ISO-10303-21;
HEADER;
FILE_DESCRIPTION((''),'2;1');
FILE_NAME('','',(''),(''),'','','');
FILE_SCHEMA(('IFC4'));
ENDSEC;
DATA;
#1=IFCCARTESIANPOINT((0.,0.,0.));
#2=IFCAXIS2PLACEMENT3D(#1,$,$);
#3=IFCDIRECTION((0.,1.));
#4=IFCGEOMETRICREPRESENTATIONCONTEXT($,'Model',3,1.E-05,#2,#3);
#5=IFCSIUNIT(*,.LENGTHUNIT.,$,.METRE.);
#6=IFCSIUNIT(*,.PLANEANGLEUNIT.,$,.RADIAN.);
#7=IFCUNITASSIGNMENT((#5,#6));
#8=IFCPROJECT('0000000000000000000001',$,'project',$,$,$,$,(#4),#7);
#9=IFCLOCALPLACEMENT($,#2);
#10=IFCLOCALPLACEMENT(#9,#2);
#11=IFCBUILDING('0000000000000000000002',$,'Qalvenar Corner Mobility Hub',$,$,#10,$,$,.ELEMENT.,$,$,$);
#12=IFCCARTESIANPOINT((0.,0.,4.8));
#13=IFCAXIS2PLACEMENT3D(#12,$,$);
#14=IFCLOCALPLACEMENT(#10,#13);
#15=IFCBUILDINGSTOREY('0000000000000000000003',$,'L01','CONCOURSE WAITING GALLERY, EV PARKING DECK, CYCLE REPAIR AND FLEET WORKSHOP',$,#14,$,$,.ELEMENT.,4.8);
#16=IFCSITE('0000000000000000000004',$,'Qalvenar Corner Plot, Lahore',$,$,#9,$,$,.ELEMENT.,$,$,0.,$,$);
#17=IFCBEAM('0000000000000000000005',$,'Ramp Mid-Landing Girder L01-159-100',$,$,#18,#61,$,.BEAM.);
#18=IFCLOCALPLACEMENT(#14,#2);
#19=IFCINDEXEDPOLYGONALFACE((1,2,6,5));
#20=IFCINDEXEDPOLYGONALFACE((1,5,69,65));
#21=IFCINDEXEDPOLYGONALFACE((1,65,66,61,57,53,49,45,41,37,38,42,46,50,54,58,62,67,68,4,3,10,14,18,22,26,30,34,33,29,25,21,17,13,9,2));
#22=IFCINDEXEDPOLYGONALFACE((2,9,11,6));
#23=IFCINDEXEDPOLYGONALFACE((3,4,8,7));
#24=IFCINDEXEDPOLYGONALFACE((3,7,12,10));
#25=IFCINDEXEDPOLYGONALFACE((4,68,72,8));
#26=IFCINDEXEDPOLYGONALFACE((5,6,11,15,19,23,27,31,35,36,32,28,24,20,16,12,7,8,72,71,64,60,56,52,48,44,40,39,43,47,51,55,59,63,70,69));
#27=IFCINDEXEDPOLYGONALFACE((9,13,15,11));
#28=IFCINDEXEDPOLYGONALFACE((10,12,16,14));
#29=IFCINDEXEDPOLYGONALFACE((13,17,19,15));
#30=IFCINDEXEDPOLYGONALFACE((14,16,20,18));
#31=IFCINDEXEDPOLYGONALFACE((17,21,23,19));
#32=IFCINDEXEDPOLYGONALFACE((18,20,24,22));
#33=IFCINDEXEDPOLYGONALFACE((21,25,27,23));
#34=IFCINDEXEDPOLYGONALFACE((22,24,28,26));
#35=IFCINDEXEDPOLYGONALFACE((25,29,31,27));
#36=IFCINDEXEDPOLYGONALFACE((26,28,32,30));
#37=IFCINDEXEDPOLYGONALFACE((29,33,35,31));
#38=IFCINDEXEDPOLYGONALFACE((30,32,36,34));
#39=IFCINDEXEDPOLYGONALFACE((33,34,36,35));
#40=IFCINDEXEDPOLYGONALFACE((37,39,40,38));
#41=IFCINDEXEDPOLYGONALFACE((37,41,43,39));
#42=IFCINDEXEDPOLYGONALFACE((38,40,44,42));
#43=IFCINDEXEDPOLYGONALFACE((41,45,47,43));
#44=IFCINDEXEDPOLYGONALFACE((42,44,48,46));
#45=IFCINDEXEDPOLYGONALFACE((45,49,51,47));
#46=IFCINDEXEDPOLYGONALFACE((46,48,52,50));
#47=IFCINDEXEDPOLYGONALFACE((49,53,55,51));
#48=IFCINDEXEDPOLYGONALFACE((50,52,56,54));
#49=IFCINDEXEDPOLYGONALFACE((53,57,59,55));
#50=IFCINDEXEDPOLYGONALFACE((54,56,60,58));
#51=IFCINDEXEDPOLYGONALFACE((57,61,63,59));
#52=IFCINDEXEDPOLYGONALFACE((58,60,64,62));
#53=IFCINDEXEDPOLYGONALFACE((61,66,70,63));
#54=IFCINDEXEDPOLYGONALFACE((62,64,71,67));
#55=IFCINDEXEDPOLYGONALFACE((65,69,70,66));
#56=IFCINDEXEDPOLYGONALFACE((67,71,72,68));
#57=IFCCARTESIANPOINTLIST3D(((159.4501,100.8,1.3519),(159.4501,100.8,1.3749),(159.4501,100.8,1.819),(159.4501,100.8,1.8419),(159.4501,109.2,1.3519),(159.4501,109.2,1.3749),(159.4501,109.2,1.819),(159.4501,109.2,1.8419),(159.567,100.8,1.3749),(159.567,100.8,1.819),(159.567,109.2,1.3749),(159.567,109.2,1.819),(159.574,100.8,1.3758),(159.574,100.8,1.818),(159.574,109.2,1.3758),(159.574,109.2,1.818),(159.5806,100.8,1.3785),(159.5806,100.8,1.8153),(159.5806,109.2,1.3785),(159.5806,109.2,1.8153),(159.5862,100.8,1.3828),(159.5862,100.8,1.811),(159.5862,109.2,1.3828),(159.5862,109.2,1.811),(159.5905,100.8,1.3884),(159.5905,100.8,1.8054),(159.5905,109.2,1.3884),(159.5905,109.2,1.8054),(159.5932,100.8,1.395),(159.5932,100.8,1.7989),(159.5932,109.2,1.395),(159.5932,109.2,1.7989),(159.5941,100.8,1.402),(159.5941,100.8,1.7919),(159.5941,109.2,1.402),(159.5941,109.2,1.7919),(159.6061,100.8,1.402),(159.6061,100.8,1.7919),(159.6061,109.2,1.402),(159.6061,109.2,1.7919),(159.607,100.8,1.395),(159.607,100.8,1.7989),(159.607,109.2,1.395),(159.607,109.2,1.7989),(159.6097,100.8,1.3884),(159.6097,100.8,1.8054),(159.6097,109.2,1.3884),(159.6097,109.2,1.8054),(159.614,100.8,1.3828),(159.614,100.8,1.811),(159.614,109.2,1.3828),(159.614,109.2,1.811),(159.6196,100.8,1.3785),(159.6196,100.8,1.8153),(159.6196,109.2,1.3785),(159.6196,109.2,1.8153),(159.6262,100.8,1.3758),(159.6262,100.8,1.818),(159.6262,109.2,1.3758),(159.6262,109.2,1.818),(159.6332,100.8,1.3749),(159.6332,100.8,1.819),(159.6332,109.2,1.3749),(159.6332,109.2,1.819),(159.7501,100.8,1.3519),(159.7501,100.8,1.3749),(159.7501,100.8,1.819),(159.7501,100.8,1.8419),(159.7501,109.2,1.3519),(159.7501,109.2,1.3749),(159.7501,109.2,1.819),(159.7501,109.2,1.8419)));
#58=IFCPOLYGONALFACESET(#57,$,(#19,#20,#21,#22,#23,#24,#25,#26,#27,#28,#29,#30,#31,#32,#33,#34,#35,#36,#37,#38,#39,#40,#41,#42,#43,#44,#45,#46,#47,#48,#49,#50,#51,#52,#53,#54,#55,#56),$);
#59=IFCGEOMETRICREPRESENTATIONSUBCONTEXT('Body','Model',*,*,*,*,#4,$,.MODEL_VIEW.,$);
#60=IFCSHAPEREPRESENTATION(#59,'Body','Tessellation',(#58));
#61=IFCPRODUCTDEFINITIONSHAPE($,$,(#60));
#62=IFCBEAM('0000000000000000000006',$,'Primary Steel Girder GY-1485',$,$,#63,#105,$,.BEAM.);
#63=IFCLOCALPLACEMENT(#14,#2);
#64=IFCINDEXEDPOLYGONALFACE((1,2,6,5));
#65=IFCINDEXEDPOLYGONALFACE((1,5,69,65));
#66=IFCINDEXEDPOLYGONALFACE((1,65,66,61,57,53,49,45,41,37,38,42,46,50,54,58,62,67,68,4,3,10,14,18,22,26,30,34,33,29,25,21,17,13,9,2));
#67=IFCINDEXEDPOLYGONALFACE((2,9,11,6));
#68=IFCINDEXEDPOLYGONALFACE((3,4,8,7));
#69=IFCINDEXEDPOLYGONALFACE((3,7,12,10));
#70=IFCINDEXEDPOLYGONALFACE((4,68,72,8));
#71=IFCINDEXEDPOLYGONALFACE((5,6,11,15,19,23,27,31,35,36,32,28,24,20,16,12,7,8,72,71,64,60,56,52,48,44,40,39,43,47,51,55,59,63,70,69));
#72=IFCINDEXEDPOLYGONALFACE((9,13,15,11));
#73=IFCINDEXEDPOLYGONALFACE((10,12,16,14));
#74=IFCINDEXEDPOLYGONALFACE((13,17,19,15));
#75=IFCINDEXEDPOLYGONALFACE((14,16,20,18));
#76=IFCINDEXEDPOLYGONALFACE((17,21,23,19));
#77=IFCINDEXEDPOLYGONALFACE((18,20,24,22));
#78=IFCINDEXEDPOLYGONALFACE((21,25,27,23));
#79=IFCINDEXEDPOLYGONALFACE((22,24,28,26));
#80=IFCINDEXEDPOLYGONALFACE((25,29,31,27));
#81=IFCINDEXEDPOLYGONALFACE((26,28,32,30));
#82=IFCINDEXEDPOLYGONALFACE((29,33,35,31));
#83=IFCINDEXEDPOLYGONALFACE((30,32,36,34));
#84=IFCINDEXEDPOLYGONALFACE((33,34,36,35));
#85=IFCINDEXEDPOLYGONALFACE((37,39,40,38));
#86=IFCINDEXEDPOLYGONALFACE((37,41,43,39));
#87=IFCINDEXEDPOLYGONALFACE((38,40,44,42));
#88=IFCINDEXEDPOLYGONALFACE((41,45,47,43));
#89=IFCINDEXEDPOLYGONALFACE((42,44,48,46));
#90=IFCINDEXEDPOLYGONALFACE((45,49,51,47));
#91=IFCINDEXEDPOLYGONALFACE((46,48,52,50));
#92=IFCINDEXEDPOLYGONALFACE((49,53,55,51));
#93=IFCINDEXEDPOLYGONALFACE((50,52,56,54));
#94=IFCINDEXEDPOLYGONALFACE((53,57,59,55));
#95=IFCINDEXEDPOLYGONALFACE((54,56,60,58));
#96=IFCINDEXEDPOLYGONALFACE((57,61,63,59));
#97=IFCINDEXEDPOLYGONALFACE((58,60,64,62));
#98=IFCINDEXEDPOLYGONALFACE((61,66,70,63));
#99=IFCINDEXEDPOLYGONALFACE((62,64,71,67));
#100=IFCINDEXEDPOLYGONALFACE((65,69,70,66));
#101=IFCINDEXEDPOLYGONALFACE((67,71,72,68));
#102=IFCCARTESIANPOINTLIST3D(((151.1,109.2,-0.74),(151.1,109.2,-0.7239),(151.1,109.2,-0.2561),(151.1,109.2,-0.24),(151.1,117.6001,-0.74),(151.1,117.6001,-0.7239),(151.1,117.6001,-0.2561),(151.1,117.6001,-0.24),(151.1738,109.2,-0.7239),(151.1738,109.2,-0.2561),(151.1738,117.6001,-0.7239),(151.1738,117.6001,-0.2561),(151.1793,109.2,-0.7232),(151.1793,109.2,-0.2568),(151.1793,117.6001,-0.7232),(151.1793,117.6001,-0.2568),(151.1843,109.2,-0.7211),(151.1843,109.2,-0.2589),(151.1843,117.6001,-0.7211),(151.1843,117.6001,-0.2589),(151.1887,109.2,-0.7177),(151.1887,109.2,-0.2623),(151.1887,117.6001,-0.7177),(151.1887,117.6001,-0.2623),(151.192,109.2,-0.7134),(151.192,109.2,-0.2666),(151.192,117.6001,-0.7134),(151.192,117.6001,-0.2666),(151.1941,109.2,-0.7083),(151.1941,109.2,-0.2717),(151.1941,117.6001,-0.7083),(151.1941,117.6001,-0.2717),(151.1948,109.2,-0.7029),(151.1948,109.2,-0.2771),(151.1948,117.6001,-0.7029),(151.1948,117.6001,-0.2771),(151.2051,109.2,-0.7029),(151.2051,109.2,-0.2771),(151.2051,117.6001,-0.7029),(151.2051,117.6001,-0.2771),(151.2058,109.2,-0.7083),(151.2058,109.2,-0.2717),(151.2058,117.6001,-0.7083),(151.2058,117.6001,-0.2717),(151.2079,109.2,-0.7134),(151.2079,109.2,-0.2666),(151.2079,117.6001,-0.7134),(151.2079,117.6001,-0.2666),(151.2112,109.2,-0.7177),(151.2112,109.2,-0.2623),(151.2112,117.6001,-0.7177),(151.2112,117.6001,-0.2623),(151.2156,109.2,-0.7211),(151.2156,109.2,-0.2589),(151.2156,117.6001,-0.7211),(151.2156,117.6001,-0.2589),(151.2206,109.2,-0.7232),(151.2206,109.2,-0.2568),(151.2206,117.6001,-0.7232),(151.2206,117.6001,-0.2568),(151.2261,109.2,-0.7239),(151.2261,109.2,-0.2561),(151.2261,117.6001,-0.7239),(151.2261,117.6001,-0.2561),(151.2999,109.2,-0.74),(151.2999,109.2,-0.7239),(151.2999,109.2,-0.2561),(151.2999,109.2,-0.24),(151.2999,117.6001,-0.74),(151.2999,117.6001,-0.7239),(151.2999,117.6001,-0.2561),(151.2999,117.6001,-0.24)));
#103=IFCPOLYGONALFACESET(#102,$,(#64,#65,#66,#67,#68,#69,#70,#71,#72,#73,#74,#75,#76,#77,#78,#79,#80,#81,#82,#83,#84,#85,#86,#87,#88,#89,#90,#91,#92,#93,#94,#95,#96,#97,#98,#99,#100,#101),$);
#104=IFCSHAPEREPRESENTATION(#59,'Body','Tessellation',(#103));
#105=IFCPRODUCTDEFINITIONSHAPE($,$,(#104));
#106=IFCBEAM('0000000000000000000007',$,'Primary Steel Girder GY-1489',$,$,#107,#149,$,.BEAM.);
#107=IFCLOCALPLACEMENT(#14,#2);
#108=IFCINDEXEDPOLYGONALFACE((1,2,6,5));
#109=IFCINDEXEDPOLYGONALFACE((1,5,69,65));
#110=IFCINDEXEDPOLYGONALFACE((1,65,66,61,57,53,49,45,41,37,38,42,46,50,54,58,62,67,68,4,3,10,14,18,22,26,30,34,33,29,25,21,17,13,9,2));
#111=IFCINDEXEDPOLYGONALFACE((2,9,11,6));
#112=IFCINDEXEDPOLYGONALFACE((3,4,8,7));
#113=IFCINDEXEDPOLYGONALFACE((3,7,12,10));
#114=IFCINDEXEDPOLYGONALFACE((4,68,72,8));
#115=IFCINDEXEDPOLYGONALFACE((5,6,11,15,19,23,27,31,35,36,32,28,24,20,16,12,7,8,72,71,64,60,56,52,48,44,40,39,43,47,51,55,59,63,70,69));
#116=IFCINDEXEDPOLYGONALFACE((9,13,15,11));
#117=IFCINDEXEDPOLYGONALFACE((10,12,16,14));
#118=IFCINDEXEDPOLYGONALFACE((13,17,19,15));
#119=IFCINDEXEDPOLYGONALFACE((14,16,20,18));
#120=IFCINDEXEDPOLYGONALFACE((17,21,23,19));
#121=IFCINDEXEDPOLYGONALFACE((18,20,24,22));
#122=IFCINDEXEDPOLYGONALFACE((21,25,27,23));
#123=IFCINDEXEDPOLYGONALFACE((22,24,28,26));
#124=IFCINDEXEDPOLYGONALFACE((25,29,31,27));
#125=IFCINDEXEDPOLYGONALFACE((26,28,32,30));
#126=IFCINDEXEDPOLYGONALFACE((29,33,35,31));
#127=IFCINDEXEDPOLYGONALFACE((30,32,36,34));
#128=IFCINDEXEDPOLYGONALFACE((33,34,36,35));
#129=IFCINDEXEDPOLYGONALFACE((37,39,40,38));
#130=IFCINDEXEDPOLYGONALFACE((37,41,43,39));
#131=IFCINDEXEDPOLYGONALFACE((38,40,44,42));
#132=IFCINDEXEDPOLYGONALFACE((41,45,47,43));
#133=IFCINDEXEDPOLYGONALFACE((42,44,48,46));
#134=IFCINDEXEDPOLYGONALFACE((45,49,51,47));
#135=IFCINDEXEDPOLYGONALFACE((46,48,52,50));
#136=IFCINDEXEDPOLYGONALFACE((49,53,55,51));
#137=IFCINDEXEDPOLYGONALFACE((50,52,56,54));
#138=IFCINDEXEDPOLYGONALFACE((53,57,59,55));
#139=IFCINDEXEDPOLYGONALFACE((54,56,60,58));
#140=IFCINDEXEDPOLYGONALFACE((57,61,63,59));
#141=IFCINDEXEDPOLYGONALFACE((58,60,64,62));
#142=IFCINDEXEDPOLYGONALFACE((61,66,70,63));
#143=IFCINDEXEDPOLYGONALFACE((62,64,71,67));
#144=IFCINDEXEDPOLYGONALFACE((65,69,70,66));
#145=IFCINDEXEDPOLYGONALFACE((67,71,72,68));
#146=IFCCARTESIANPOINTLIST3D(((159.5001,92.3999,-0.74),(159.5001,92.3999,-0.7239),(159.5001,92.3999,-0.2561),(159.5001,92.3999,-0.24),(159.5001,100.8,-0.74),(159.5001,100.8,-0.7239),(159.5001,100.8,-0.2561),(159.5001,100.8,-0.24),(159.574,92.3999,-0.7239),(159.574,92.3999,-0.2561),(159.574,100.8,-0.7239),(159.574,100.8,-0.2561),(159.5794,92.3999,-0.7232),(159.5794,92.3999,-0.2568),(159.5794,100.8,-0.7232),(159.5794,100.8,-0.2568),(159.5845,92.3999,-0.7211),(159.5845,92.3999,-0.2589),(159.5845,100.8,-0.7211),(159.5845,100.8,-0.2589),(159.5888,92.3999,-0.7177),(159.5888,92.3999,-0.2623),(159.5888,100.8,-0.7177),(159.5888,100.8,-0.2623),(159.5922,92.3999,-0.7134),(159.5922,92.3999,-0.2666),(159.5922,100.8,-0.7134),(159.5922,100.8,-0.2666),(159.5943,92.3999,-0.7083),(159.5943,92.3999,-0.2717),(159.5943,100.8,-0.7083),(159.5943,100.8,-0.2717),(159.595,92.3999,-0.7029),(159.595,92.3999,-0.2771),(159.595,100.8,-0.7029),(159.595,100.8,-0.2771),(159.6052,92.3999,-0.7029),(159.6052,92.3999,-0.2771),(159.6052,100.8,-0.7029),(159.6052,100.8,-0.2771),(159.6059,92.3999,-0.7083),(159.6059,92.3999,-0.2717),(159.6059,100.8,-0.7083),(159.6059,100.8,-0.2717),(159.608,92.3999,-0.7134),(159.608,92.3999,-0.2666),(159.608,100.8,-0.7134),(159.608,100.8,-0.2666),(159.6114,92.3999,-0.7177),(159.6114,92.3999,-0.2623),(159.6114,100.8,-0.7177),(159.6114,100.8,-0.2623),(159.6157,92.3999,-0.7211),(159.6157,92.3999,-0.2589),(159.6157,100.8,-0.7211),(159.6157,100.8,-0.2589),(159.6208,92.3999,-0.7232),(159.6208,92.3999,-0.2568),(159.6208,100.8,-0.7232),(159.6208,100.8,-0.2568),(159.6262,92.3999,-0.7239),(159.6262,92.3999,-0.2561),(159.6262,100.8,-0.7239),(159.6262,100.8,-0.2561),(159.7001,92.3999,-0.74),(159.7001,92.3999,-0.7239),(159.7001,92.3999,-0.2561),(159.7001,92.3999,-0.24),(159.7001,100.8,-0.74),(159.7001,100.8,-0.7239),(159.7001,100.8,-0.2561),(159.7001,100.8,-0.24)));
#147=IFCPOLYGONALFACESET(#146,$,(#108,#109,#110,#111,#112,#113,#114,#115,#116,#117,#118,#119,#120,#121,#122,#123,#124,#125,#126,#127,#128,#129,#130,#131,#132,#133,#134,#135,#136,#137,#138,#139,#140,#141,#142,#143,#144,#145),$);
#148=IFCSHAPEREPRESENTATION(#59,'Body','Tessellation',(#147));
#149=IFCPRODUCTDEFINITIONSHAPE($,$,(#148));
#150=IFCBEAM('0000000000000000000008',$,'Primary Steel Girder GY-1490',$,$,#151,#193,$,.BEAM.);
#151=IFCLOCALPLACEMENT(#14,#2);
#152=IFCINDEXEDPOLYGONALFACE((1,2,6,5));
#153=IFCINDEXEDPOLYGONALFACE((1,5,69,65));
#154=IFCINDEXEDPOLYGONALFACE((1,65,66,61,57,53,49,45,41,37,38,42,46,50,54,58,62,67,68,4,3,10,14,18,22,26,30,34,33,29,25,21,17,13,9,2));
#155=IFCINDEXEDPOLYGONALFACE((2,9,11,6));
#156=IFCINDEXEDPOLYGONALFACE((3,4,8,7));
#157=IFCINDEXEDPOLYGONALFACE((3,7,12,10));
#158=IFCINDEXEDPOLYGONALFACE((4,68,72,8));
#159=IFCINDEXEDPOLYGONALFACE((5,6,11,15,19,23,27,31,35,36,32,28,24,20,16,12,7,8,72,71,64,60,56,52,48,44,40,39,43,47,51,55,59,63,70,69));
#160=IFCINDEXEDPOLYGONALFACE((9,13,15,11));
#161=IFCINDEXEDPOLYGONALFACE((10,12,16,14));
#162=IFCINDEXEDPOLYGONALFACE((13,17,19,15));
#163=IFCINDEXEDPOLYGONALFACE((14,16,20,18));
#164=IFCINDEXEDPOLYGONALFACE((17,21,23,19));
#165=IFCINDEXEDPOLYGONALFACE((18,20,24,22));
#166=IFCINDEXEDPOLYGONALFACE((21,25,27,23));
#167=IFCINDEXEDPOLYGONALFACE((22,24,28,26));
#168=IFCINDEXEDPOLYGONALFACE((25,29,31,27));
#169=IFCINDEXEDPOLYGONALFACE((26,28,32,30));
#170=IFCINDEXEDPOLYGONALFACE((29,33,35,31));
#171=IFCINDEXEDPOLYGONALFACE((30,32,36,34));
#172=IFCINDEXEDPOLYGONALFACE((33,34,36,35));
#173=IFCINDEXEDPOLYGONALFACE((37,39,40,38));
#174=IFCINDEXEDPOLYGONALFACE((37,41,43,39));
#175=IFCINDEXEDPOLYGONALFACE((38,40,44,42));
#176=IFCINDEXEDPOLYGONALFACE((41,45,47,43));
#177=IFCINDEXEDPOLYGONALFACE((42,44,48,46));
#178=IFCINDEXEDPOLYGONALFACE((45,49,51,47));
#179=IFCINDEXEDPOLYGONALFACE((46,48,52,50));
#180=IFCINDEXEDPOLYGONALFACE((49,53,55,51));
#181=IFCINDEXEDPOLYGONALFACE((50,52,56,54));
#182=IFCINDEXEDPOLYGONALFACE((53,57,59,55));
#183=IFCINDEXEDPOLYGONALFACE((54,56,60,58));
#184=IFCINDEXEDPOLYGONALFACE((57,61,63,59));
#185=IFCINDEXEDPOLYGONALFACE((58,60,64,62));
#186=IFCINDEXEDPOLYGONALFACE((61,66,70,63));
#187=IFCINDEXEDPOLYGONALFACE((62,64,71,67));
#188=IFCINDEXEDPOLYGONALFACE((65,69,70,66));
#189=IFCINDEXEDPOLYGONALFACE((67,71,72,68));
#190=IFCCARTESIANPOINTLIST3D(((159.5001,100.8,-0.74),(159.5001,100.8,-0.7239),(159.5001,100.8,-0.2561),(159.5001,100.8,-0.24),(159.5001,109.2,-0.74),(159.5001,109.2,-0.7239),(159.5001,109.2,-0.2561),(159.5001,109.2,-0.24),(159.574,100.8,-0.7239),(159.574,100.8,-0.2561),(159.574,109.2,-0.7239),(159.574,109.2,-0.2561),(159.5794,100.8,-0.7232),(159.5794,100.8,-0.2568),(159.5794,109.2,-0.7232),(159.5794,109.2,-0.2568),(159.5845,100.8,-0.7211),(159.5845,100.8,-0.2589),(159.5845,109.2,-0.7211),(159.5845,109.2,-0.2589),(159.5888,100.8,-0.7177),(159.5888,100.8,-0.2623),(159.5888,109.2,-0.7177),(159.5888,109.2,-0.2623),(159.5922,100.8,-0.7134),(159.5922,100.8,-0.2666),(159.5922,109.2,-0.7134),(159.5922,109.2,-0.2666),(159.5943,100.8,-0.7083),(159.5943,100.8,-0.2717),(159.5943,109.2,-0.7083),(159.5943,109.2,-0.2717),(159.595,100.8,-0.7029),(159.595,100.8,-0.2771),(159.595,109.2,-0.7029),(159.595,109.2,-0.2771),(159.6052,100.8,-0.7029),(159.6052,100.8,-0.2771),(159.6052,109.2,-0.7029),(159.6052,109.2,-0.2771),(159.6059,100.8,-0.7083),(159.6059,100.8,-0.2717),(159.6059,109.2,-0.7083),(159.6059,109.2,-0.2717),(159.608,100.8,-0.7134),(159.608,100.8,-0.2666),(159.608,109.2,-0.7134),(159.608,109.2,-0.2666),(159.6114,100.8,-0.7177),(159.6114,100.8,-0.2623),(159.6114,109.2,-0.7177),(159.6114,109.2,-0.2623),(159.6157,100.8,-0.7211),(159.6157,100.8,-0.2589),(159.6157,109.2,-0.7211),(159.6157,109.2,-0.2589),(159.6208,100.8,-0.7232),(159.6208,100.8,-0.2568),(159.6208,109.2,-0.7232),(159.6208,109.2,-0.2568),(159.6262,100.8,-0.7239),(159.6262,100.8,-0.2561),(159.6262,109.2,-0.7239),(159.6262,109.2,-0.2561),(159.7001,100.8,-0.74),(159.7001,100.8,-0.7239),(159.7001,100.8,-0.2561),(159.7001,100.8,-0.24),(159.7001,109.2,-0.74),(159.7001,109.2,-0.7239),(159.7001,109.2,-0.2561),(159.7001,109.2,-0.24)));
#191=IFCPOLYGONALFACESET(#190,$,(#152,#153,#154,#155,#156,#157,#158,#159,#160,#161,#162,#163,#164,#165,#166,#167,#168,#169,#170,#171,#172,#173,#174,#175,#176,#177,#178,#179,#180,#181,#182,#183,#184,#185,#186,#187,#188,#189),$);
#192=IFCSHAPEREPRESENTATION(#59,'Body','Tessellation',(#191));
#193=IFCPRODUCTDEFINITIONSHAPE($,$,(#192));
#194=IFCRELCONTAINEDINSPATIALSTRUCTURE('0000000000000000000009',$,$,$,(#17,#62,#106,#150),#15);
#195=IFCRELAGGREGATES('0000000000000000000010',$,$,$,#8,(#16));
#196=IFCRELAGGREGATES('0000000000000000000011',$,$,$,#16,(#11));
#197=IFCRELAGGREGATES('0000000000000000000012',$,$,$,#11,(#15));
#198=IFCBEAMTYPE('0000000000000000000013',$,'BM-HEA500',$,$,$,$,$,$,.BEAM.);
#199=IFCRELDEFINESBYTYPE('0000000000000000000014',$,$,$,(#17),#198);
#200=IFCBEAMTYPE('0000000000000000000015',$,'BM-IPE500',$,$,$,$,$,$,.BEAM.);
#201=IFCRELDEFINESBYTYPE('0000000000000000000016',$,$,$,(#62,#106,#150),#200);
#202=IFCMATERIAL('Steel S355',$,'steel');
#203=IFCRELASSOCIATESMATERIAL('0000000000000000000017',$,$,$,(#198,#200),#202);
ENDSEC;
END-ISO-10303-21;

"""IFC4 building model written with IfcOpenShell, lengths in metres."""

from ifc_helpers import new_model, si_unit, direction, frame, origin, origin_2d, place, context, subcontext, project, spatial, i_section, extrude, material, material_profile, profile_set, type_object, element, save


model = new_model("IFC4")

# Units and contexts
model_context = context("Model", 3, precision=1e-05, world=origin(), true_north=direction((0.0, 1.0)))
body_context = subcontext(model_context, "Body", "Model", "MODEL_VIEW")
ifc_project = project(units=[si_unit("LENGTHUNIT", "METRE"), si_unit("PLANEANGLEUNIT", "RADIAN")], contexts=[model_context])

# Site, building, storey
site_placement = place(None, origin())
site = spatial("IfcSite", under=ifc_project, at=site_placement, Name="Qalvenar Corner Plot, Lahore", CompositionType="ELEMENT", RefElevation=0.0)
building_placement = place(site_placement, origin())
building = spatial("IfcBuilding", under=site, at=building_placement, Name="Qalvenar Corner Mobility Hub", CompositionType="ELEMENT")
storey_placement = place(building_placement, frame((0.0, 0.0, 4.8)))
storey = spatial("IfcBuildingStorey", under=building, at=storey_placement, Name="L01", Description="CONCOURSE WAITING GALLERY, EV PARKING DECK, CYCLE REPAIR AND FLEET WORKSHOP", CompositionType="ELEMENT", Elevation=4.8)

# Shared definitions
ifc_material_1 = material(Name="Steel S355", Category="steel")

# Beams
ifc_material_profile_1 = material_profile(ifc_material_1, i_section(OverallWidth=0.3, OverallDepth=0.49, WebThickness=0.012, FlangeThickness=0.0229, FilletRadius=0.0271, at=origin_2d()), Name="HEA500")
ifc_profile_set_1 = profile_set([ifc_material_profile_1], Name="Steel S355")
beam_type_1 = type_object("IfcBeamType", Name="BM-HEA500", PredefinedType="BEAM", material=ifc_profile_set_1)
beam_1_placement = place(storey_placement, frame((159.6001, 100.8, 1.5969), z_axis=(0.0, 1.0, 0.0), x_axis=(-1.0, 0.0, 0.0)))
element("IfcBeam", 1, at=beam_1_placement, inside=storey, type_object=beam_type_1, Name="Ramp Mid-Landing Girder L01-159-100", PredefinedType="BEAM", context=body_context, shape_type="SweptSolid", body=[
    extrude(i_section(OverallWidth=0.3, OverallDepth=0.49, WebThickness=0.012, FlangeThickness=0.0229, FilletRadius=0.0271, at=origin_2d()), origin(), (0.0, 0.0, 1.0), 8.3999),
])
ifc_material_profile_2 = material_profile(ifc_material_1, i_section(OverallWidth=0.2, OverallDepth=0.5, WebThickness=0.0103, FlangeThickness=0.0161, FilletRadius=0.021, at=origin_2d()), Name="IPE500")
ifc_profile_set_2 = profile_set([ifc_material_profile_2], Name="Steel S355")
beam_type_2 = type_object("IfcBeamType", Name="BM-IPE500", PredefinedType="BEAM", material=ifc_profile_set_2)
for number, where, z_axis, x_axis, name in (
    (2, (151.2, 109.2, -0.49), (0.0, 1.0, 0.0), (-1.0, 0.0, 0.0), "Primary Steel Girder GY-1485"),
    (3, (159.6001, 92.3999, -0.49), (0.0, 1.0, 0.0), (-1.0, 0.0, 0.0), "Primary Steel Girder GY-1489"),
):
    element("IfcBeam", number, at=place(storey_placement, frame(where, z_axis=z_axis, x_axis=x_axis)), inside=storey, type_object=beam_type_2, Name=name, PredefinedType="BEAM", context=body_context, shape_type="SweptSolid", body=[
        extrude(i_section(OverallWidth=0.2, OverallDepth=0.5, WebThickness=0.0103, FlangeThickness=0.0161, FilletRadius=0.021, at=origin_2d()), origin(), (0.0, 0.0, 1.0), 8.4001),
    ])
beam_2_placement = place(storey_placement, frame((159.6001, 100.8, -0.49), z_axis=(0.0, 1.0, 0.0), x_axis=(-1.0, 0.0, 0.0)))
element("IfcBeam", 4, at=beam_2_placement, inside=storey, type_object=beam_type_2, Name="Primary Steel Girder GY-1490", PredefinedType="BEAM", context=body_context, shape_type="SweptSolid", body=[
    extrude(i_section(OverallWidth=0.2, OverallDepth=0.5, WebThickness=0.0103, FlangeThickness=0.0161, FilletRadius=0.021, at=origin_2d()), origin(), (0.0, 0.0, 1.0), 8.3999),
])

save(model, "model.ifc")
